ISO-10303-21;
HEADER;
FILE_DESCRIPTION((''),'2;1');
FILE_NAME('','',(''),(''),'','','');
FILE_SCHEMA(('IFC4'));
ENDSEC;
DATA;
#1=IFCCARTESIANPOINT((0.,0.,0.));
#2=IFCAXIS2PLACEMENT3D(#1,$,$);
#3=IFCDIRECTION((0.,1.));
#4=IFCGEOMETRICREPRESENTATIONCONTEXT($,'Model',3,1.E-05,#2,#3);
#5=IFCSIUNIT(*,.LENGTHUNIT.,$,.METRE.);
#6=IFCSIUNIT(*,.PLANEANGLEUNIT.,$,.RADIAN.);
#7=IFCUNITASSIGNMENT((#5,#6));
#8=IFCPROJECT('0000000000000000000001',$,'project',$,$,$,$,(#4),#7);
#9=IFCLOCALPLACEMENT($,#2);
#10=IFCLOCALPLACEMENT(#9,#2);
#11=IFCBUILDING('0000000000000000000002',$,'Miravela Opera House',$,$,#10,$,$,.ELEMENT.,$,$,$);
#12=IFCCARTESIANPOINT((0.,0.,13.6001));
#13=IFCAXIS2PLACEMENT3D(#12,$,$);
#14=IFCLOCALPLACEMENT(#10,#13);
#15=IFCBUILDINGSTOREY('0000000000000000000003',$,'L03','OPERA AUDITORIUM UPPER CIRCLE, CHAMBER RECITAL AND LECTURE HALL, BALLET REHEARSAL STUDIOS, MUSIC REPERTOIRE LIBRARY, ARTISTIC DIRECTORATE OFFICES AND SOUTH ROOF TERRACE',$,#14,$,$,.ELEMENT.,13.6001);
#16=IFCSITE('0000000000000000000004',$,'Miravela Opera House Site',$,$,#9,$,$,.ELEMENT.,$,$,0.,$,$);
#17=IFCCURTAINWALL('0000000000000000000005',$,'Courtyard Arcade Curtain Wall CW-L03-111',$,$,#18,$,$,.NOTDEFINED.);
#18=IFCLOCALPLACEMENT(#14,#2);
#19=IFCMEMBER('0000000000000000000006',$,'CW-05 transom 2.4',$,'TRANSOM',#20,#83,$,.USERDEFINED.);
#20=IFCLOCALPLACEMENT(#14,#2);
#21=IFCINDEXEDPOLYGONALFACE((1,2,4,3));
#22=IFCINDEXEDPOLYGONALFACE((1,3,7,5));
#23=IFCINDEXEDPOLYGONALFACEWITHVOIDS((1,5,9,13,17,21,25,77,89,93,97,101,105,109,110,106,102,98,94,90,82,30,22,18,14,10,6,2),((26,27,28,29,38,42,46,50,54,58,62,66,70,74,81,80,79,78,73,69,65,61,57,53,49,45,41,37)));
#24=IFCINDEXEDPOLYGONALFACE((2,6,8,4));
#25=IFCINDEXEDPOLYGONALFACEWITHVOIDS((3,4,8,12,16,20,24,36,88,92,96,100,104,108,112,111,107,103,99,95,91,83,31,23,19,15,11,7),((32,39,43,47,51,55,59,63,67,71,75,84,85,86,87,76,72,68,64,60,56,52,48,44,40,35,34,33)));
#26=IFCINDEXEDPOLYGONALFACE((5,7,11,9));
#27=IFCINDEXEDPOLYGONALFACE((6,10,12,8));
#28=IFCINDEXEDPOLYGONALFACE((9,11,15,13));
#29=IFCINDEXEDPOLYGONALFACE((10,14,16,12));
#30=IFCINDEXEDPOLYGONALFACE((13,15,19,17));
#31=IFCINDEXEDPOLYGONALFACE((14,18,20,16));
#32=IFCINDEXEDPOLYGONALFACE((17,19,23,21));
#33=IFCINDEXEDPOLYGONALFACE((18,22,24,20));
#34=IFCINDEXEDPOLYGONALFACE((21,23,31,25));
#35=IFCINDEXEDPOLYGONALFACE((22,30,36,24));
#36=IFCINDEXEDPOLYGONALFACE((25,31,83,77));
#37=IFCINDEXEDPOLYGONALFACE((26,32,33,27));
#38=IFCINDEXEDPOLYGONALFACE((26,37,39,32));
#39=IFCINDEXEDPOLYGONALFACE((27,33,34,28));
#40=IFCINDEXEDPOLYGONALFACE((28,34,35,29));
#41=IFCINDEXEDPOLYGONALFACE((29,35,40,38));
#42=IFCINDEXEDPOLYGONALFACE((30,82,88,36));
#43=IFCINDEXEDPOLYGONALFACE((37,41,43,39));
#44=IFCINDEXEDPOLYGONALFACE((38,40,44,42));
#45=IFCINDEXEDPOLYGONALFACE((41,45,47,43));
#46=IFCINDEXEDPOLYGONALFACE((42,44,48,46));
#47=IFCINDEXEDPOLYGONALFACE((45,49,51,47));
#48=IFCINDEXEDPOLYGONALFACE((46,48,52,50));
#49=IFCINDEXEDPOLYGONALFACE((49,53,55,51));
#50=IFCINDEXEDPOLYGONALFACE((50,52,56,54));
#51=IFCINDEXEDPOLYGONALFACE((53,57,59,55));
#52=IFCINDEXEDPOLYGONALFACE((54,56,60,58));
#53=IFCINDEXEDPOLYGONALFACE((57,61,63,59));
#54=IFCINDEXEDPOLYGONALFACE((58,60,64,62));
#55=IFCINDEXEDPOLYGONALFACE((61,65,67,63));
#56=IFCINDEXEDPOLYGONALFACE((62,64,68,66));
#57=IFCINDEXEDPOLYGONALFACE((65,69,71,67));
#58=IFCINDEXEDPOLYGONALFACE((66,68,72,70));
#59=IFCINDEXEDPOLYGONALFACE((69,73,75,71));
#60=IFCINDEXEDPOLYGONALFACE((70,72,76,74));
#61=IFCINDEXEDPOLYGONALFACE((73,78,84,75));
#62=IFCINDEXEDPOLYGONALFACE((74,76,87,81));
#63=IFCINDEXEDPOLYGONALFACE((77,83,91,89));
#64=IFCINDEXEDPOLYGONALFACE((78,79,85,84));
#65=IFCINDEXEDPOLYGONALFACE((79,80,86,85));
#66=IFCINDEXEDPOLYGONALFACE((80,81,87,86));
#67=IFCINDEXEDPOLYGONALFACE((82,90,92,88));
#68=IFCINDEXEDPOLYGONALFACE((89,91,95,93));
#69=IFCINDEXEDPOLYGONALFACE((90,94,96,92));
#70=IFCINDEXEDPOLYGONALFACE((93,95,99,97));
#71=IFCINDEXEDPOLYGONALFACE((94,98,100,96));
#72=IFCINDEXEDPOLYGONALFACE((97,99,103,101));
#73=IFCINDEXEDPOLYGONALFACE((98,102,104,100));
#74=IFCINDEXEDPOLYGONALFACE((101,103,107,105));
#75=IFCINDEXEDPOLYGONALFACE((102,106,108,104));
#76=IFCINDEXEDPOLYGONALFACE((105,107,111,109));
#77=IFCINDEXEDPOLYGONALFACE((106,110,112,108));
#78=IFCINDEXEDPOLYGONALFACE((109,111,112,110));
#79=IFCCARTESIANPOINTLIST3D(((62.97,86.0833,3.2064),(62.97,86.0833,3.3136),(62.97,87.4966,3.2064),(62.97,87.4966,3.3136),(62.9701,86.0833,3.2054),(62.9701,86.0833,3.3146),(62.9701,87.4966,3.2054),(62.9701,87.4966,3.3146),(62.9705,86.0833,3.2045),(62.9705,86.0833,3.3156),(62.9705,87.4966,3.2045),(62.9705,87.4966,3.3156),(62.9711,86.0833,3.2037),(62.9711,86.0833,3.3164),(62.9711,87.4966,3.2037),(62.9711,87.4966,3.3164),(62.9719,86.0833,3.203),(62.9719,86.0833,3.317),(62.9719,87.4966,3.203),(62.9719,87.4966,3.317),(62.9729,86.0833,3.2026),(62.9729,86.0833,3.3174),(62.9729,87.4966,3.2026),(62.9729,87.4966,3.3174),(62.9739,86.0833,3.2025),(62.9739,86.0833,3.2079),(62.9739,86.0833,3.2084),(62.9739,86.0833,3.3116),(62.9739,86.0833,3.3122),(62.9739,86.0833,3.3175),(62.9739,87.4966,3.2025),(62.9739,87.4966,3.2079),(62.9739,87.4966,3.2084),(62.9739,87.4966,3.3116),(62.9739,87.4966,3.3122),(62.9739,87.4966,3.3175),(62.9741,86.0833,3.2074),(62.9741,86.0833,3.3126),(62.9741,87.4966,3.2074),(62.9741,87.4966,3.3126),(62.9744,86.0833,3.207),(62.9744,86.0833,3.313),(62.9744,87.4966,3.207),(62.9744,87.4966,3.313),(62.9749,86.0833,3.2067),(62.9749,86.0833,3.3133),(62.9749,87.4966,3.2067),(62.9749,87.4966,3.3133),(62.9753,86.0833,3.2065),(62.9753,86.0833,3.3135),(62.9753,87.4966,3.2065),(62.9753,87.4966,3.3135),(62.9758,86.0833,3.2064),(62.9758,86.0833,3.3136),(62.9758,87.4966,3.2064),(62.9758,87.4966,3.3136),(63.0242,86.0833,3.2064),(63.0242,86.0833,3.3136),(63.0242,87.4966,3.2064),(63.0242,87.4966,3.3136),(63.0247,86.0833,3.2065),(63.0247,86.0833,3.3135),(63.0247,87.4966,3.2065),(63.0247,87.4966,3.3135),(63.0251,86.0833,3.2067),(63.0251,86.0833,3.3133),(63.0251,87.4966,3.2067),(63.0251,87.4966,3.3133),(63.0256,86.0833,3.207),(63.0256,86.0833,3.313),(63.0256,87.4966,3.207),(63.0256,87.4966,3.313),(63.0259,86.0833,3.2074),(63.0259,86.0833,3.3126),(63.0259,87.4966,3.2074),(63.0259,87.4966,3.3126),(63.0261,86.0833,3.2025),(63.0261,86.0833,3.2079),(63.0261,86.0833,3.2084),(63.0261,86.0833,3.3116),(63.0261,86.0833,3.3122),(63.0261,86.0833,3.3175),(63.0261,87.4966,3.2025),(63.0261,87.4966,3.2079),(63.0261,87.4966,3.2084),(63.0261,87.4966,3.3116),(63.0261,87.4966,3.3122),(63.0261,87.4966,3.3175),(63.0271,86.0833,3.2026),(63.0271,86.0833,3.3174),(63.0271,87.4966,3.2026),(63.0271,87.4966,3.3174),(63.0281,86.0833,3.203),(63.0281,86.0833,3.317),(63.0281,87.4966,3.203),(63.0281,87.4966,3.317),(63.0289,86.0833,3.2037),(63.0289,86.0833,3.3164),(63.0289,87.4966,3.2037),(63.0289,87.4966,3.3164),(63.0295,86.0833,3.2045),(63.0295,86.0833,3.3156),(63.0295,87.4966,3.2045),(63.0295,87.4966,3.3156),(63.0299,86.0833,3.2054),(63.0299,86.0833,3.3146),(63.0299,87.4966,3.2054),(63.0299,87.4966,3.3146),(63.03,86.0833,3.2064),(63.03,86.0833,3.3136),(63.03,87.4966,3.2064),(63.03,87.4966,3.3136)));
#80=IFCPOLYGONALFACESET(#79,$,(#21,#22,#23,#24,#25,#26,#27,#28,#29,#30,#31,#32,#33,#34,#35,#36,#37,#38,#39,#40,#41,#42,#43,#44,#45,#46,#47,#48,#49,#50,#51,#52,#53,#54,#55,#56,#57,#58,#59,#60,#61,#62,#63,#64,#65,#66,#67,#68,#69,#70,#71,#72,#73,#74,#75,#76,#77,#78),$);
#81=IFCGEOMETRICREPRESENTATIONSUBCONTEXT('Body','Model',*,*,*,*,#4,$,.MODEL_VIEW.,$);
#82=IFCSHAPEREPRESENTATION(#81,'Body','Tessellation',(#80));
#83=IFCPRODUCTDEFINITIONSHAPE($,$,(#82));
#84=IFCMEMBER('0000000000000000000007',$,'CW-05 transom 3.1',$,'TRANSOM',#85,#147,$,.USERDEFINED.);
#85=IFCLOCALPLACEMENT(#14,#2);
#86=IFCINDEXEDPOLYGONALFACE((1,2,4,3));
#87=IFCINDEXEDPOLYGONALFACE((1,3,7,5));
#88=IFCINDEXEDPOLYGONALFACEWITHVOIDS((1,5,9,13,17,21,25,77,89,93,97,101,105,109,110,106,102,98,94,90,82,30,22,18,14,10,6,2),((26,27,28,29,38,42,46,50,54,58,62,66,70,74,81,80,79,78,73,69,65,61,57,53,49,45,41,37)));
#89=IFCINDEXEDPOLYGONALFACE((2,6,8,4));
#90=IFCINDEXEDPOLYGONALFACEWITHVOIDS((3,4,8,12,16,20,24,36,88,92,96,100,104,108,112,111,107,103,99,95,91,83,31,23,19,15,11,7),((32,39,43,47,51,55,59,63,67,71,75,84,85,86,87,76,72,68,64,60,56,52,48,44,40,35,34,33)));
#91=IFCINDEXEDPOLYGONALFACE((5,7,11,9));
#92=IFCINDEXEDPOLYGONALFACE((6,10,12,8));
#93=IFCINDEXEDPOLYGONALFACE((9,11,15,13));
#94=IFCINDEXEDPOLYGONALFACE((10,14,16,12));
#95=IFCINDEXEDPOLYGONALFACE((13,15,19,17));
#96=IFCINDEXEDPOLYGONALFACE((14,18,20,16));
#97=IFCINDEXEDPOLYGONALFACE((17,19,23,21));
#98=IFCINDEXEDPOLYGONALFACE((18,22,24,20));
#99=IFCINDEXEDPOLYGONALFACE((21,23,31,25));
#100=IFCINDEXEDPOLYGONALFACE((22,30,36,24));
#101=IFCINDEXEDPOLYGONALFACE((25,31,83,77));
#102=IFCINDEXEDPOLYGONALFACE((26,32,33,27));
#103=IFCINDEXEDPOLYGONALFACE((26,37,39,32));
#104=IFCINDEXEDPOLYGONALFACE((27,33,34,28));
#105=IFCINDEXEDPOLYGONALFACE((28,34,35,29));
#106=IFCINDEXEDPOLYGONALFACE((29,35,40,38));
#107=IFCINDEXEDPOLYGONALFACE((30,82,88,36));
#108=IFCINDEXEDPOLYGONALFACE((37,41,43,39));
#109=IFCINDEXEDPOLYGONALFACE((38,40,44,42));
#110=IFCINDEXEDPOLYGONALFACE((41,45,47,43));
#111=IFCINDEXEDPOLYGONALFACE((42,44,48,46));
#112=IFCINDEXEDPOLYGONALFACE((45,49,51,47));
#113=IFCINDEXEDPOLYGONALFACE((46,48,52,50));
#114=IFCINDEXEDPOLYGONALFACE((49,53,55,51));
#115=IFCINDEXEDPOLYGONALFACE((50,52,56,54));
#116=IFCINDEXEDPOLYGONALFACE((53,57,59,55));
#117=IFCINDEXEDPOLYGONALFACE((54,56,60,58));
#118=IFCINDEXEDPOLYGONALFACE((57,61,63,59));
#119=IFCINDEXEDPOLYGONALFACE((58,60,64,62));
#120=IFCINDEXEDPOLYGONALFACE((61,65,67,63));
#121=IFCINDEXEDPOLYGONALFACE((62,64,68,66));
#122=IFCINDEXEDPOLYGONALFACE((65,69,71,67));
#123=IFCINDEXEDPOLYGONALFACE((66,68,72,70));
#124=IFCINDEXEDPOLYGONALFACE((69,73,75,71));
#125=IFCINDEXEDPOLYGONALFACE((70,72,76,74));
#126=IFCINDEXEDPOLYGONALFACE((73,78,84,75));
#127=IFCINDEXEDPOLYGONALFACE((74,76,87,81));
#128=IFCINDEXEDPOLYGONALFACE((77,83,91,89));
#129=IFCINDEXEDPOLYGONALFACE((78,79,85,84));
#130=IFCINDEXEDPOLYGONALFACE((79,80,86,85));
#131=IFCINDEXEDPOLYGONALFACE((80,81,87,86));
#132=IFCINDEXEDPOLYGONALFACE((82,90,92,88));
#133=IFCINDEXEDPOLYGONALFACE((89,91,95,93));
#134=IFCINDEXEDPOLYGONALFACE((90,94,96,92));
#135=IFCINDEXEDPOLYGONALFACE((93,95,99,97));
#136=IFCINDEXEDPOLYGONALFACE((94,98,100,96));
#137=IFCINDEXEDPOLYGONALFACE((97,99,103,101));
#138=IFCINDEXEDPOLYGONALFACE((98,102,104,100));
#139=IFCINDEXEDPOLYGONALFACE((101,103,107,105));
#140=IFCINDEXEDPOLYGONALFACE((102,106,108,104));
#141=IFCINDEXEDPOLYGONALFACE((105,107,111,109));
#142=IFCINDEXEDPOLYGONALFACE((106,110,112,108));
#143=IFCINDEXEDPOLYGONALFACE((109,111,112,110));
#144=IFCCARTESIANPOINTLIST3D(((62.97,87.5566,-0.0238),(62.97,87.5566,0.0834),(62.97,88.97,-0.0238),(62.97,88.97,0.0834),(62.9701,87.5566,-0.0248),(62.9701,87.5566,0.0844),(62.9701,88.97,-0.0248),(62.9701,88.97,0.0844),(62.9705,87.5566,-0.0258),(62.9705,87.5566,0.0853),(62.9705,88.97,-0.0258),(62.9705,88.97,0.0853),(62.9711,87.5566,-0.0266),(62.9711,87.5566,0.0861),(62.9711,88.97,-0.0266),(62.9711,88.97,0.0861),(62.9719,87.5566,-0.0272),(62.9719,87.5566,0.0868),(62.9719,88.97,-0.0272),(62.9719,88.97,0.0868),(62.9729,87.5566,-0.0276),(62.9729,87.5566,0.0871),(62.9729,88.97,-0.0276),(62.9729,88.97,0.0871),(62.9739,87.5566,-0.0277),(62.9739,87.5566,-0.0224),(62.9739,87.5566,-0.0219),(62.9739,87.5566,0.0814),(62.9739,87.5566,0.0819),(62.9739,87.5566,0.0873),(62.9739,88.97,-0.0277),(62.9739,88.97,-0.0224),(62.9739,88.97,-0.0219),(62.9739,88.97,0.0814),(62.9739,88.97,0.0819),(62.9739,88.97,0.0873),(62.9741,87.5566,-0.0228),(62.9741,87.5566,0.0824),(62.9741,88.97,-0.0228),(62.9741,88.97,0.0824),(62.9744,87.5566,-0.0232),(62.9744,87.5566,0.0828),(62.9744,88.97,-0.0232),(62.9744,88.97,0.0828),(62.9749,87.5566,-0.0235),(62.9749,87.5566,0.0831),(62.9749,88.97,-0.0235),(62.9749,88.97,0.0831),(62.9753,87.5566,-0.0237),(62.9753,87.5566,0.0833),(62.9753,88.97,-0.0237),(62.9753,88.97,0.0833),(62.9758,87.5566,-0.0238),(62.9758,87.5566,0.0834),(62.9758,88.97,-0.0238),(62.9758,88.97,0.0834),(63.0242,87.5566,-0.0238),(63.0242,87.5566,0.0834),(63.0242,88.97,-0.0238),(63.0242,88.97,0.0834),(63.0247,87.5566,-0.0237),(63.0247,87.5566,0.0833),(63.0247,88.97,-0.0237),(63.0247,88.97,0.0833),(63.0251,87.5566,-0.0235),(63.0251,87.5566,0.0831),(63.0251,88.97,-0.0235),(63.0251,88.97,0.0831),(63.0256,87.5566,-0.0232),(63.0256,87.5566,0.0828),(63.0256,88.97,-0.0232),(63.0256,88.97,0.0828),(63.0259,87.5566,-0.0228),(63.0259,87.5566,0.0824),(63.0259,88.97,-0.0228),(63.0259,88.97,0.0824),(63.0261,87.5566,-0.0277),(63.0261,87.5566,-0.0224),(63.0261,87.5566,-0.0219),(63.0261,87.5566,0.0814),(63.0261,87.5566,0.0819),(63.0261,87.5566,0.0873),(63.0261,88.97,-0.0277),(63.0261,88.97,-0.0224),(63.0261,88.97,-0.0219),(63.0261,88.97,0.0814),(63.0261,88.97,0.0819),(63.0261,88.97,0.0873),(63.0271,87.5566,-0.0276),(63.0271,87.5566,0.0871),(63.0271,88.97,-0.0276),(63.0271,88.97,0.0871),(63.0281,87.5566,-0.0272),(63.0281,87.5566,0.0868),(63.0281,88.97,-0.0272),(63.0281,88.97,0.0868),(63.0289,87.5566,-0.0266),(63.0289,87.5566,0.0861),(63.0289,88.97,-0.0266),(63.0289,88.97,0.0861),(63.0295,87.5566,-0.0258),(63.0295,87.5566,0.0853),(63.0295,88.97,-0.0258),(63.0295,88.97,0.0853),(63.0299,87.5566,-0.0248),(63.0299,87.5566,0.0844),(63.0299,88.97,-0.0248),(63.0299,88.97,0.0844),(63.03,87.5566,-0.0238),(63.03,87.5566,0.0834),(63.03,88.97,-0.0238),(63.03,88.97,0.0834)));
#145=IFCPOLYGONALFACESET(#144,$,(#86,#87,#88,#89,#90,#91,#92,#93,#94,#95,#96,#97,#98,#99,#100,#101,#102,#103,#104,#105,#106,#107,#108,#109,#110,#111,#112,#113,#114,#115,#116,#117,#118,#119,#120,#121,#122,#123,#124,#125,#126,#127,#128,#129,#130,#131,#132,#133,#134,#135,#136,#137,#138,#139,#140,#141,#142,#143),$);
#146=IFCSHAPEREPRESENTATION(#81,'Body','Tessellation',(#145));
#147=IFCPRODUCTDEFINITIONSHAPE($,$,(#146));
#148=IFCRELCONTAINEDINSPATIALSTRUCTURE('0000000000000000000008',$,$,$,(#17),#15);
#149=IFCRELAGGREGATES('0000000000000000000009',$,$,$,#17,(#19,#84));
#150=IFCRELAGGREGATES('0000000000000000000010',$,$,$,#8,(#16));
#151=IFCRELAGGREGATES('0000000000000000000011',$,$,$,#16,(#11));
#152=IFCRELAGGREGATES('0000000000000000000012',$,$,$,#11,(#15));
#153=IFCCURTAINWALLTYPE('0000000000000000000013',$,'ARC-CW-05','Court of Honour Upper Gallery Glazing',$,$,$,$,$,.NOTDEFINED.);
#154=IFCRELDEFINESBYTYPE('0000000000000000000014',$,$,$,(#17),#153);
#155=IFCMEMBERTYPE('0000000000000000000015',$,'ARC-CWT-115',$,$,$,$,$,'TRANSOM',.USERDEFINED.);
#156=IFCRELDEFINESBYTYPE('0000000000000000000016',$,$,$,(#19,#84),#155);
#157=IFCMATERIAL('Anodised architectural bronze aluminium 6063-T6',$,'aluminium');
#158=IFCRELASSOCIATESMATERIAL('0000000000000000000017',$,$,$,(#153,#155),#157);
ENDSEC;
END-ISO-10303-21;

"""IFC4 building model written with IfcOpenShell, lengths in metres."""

from ifc_helpers import new_model, si_unit, direction, frame, origin, origin_2d, place, context, subcontext, project, spatial, hollow_rectangle, extrude, material, material_profile, profile_set, type_object, element, aggregate, save


model = new_model("IFC4")

# Units and contexts
model_context = context("Model", 3, precision=1e-05, world=origin(), true_north=direction((0.0, 1.0)))
body_context = subcontext(model_context, "Body", "Model", "MODEL_VIEW")
ifc_project = project(units=[si_unit("LENGTHUNIT", "METRE"), si_unit("PLANEANGLEUNIT", "RADIAN")], contexts=[model_context])

# Site, building, storey
site_placement = place(None, origin())
site = spatial("IfcSite", under=ifc_project, at=site_placement, Name="Miravela Opera House Site", CompositionType="ELEMENT", RefElevation=0.0)
building_placement = place(site_placement, origin())
building = spatial("IfcBuilding", under=site, at=building_placement, Name="Miravela Opera House", CompositionType="ELEMENT")
storey_placement = place(building_placement, frame((0.0, 0.0, 13.6001)))
storey = spatial("IfcBuildingStorey", under=building, at=storey_placement, Name="L03", Description="OPERA AUDITORIUM UPPER CIRCLE, CHAMBER RECITAL AND LECTURE HALL, BALLET REHEARSAL STUDIOS, MUSIC REPERTOIRE LIBRARY, ARTISTIC DIRECTORATE OFFICES AND SOUTH ROOF TERRACE", CompositionType="ELEMENT", Elevation=13.6001)

# Curtain wall, members
ifc_material_1 = material(Name="Anodised architectural bronze aluminium 6063-T6", Category="aluminium")
curtain_wall_type = type_object("IfcCurtainWallType", Name="ARC-CW-05", Description="Court of Honour Upper Gallery Glazing", PredefinedType="NOTDEFINED", material=ifc_material_1)
curtain_wall_placement = place(storey_placement, origin())
curtain_wall = element("IfcCurtainWall", 1, at=curtain_wall_placement, inside=storey, type_object=curtain_wall_type, Name="Courtyard Arcade Curtain Wall CW-L03-111", PredefinedType="NOTDEFINED")
ifc_material_profile_1 = material_profile(ifc_material_1, hollow_rectangle(XDim=0.0601, YDim=0.115, WallThickness=0.0039, InnerFilletRadius=0.002, OuterFilletRadius=0.0039, at=origin_2d()), Name="CWT-60X115")
ifc_profile_set_1 = profile_set([ifc_material_profile_1])
member_type_1 = type_object("IfcMemberType", Name="ARC-CWT-115", ElementType="TRANSOM", PredefinedType="USERDEFINED", material=ifc_profile_set_1)
member_1_placement = place(storey_placement, frame((63.0, 86.0833, 3.26), z_axis=(0.0, 1.0, 0.0), x_axis=(-1.0, 0.0, 0.0)))
member_1 = element("IfcMember", 2, at=member_1_placement, type_object=member_type_1, Name="CW-05 transom 2.4", ObjectType="TRANSOM", PredefinedType="USERDEFINED", context=body_context, shape_type="SweptSolid", body=[
    extrude(hollow_rectangle(XDim=0.0601, YDim=0.115, WallThickness=0.0039, InnerFilletRadius=0.002, OuterFilletRadius=0.0039, at=origin_2d()), origin(), (0.0, 0.0, 1.0), 1.4133),
])
member_2_placement = place(storey_placement, frame((63.0, 87.5566, 0.0298), z_axis=(0.0, 1.0, 0.0), x_axis=(-1.0, 0.0, 0.0)))
member_2 = element("IfcMember", 3, at=member_2_placement, type_object=member_type_1, Name="CW-05 transom 3.1", ObjectType="TRANSOM", PredefinedType="USERDEFINED", context=body_context, shape_type="SweptSolid", body=[
    extrude(hollow_rectangle(XDim=0.0601, YDim=0.115, WallThickness=0.0039, InnerFilletRadius=0.002, OuterFilletRadius=0.0039, at=origin_2d()), origin(), (0.0, 0.0, 1.0), 1.4133),
])
aggregate(curtain_wall, [member_1, member_2])

save(model, "model.ifc")
